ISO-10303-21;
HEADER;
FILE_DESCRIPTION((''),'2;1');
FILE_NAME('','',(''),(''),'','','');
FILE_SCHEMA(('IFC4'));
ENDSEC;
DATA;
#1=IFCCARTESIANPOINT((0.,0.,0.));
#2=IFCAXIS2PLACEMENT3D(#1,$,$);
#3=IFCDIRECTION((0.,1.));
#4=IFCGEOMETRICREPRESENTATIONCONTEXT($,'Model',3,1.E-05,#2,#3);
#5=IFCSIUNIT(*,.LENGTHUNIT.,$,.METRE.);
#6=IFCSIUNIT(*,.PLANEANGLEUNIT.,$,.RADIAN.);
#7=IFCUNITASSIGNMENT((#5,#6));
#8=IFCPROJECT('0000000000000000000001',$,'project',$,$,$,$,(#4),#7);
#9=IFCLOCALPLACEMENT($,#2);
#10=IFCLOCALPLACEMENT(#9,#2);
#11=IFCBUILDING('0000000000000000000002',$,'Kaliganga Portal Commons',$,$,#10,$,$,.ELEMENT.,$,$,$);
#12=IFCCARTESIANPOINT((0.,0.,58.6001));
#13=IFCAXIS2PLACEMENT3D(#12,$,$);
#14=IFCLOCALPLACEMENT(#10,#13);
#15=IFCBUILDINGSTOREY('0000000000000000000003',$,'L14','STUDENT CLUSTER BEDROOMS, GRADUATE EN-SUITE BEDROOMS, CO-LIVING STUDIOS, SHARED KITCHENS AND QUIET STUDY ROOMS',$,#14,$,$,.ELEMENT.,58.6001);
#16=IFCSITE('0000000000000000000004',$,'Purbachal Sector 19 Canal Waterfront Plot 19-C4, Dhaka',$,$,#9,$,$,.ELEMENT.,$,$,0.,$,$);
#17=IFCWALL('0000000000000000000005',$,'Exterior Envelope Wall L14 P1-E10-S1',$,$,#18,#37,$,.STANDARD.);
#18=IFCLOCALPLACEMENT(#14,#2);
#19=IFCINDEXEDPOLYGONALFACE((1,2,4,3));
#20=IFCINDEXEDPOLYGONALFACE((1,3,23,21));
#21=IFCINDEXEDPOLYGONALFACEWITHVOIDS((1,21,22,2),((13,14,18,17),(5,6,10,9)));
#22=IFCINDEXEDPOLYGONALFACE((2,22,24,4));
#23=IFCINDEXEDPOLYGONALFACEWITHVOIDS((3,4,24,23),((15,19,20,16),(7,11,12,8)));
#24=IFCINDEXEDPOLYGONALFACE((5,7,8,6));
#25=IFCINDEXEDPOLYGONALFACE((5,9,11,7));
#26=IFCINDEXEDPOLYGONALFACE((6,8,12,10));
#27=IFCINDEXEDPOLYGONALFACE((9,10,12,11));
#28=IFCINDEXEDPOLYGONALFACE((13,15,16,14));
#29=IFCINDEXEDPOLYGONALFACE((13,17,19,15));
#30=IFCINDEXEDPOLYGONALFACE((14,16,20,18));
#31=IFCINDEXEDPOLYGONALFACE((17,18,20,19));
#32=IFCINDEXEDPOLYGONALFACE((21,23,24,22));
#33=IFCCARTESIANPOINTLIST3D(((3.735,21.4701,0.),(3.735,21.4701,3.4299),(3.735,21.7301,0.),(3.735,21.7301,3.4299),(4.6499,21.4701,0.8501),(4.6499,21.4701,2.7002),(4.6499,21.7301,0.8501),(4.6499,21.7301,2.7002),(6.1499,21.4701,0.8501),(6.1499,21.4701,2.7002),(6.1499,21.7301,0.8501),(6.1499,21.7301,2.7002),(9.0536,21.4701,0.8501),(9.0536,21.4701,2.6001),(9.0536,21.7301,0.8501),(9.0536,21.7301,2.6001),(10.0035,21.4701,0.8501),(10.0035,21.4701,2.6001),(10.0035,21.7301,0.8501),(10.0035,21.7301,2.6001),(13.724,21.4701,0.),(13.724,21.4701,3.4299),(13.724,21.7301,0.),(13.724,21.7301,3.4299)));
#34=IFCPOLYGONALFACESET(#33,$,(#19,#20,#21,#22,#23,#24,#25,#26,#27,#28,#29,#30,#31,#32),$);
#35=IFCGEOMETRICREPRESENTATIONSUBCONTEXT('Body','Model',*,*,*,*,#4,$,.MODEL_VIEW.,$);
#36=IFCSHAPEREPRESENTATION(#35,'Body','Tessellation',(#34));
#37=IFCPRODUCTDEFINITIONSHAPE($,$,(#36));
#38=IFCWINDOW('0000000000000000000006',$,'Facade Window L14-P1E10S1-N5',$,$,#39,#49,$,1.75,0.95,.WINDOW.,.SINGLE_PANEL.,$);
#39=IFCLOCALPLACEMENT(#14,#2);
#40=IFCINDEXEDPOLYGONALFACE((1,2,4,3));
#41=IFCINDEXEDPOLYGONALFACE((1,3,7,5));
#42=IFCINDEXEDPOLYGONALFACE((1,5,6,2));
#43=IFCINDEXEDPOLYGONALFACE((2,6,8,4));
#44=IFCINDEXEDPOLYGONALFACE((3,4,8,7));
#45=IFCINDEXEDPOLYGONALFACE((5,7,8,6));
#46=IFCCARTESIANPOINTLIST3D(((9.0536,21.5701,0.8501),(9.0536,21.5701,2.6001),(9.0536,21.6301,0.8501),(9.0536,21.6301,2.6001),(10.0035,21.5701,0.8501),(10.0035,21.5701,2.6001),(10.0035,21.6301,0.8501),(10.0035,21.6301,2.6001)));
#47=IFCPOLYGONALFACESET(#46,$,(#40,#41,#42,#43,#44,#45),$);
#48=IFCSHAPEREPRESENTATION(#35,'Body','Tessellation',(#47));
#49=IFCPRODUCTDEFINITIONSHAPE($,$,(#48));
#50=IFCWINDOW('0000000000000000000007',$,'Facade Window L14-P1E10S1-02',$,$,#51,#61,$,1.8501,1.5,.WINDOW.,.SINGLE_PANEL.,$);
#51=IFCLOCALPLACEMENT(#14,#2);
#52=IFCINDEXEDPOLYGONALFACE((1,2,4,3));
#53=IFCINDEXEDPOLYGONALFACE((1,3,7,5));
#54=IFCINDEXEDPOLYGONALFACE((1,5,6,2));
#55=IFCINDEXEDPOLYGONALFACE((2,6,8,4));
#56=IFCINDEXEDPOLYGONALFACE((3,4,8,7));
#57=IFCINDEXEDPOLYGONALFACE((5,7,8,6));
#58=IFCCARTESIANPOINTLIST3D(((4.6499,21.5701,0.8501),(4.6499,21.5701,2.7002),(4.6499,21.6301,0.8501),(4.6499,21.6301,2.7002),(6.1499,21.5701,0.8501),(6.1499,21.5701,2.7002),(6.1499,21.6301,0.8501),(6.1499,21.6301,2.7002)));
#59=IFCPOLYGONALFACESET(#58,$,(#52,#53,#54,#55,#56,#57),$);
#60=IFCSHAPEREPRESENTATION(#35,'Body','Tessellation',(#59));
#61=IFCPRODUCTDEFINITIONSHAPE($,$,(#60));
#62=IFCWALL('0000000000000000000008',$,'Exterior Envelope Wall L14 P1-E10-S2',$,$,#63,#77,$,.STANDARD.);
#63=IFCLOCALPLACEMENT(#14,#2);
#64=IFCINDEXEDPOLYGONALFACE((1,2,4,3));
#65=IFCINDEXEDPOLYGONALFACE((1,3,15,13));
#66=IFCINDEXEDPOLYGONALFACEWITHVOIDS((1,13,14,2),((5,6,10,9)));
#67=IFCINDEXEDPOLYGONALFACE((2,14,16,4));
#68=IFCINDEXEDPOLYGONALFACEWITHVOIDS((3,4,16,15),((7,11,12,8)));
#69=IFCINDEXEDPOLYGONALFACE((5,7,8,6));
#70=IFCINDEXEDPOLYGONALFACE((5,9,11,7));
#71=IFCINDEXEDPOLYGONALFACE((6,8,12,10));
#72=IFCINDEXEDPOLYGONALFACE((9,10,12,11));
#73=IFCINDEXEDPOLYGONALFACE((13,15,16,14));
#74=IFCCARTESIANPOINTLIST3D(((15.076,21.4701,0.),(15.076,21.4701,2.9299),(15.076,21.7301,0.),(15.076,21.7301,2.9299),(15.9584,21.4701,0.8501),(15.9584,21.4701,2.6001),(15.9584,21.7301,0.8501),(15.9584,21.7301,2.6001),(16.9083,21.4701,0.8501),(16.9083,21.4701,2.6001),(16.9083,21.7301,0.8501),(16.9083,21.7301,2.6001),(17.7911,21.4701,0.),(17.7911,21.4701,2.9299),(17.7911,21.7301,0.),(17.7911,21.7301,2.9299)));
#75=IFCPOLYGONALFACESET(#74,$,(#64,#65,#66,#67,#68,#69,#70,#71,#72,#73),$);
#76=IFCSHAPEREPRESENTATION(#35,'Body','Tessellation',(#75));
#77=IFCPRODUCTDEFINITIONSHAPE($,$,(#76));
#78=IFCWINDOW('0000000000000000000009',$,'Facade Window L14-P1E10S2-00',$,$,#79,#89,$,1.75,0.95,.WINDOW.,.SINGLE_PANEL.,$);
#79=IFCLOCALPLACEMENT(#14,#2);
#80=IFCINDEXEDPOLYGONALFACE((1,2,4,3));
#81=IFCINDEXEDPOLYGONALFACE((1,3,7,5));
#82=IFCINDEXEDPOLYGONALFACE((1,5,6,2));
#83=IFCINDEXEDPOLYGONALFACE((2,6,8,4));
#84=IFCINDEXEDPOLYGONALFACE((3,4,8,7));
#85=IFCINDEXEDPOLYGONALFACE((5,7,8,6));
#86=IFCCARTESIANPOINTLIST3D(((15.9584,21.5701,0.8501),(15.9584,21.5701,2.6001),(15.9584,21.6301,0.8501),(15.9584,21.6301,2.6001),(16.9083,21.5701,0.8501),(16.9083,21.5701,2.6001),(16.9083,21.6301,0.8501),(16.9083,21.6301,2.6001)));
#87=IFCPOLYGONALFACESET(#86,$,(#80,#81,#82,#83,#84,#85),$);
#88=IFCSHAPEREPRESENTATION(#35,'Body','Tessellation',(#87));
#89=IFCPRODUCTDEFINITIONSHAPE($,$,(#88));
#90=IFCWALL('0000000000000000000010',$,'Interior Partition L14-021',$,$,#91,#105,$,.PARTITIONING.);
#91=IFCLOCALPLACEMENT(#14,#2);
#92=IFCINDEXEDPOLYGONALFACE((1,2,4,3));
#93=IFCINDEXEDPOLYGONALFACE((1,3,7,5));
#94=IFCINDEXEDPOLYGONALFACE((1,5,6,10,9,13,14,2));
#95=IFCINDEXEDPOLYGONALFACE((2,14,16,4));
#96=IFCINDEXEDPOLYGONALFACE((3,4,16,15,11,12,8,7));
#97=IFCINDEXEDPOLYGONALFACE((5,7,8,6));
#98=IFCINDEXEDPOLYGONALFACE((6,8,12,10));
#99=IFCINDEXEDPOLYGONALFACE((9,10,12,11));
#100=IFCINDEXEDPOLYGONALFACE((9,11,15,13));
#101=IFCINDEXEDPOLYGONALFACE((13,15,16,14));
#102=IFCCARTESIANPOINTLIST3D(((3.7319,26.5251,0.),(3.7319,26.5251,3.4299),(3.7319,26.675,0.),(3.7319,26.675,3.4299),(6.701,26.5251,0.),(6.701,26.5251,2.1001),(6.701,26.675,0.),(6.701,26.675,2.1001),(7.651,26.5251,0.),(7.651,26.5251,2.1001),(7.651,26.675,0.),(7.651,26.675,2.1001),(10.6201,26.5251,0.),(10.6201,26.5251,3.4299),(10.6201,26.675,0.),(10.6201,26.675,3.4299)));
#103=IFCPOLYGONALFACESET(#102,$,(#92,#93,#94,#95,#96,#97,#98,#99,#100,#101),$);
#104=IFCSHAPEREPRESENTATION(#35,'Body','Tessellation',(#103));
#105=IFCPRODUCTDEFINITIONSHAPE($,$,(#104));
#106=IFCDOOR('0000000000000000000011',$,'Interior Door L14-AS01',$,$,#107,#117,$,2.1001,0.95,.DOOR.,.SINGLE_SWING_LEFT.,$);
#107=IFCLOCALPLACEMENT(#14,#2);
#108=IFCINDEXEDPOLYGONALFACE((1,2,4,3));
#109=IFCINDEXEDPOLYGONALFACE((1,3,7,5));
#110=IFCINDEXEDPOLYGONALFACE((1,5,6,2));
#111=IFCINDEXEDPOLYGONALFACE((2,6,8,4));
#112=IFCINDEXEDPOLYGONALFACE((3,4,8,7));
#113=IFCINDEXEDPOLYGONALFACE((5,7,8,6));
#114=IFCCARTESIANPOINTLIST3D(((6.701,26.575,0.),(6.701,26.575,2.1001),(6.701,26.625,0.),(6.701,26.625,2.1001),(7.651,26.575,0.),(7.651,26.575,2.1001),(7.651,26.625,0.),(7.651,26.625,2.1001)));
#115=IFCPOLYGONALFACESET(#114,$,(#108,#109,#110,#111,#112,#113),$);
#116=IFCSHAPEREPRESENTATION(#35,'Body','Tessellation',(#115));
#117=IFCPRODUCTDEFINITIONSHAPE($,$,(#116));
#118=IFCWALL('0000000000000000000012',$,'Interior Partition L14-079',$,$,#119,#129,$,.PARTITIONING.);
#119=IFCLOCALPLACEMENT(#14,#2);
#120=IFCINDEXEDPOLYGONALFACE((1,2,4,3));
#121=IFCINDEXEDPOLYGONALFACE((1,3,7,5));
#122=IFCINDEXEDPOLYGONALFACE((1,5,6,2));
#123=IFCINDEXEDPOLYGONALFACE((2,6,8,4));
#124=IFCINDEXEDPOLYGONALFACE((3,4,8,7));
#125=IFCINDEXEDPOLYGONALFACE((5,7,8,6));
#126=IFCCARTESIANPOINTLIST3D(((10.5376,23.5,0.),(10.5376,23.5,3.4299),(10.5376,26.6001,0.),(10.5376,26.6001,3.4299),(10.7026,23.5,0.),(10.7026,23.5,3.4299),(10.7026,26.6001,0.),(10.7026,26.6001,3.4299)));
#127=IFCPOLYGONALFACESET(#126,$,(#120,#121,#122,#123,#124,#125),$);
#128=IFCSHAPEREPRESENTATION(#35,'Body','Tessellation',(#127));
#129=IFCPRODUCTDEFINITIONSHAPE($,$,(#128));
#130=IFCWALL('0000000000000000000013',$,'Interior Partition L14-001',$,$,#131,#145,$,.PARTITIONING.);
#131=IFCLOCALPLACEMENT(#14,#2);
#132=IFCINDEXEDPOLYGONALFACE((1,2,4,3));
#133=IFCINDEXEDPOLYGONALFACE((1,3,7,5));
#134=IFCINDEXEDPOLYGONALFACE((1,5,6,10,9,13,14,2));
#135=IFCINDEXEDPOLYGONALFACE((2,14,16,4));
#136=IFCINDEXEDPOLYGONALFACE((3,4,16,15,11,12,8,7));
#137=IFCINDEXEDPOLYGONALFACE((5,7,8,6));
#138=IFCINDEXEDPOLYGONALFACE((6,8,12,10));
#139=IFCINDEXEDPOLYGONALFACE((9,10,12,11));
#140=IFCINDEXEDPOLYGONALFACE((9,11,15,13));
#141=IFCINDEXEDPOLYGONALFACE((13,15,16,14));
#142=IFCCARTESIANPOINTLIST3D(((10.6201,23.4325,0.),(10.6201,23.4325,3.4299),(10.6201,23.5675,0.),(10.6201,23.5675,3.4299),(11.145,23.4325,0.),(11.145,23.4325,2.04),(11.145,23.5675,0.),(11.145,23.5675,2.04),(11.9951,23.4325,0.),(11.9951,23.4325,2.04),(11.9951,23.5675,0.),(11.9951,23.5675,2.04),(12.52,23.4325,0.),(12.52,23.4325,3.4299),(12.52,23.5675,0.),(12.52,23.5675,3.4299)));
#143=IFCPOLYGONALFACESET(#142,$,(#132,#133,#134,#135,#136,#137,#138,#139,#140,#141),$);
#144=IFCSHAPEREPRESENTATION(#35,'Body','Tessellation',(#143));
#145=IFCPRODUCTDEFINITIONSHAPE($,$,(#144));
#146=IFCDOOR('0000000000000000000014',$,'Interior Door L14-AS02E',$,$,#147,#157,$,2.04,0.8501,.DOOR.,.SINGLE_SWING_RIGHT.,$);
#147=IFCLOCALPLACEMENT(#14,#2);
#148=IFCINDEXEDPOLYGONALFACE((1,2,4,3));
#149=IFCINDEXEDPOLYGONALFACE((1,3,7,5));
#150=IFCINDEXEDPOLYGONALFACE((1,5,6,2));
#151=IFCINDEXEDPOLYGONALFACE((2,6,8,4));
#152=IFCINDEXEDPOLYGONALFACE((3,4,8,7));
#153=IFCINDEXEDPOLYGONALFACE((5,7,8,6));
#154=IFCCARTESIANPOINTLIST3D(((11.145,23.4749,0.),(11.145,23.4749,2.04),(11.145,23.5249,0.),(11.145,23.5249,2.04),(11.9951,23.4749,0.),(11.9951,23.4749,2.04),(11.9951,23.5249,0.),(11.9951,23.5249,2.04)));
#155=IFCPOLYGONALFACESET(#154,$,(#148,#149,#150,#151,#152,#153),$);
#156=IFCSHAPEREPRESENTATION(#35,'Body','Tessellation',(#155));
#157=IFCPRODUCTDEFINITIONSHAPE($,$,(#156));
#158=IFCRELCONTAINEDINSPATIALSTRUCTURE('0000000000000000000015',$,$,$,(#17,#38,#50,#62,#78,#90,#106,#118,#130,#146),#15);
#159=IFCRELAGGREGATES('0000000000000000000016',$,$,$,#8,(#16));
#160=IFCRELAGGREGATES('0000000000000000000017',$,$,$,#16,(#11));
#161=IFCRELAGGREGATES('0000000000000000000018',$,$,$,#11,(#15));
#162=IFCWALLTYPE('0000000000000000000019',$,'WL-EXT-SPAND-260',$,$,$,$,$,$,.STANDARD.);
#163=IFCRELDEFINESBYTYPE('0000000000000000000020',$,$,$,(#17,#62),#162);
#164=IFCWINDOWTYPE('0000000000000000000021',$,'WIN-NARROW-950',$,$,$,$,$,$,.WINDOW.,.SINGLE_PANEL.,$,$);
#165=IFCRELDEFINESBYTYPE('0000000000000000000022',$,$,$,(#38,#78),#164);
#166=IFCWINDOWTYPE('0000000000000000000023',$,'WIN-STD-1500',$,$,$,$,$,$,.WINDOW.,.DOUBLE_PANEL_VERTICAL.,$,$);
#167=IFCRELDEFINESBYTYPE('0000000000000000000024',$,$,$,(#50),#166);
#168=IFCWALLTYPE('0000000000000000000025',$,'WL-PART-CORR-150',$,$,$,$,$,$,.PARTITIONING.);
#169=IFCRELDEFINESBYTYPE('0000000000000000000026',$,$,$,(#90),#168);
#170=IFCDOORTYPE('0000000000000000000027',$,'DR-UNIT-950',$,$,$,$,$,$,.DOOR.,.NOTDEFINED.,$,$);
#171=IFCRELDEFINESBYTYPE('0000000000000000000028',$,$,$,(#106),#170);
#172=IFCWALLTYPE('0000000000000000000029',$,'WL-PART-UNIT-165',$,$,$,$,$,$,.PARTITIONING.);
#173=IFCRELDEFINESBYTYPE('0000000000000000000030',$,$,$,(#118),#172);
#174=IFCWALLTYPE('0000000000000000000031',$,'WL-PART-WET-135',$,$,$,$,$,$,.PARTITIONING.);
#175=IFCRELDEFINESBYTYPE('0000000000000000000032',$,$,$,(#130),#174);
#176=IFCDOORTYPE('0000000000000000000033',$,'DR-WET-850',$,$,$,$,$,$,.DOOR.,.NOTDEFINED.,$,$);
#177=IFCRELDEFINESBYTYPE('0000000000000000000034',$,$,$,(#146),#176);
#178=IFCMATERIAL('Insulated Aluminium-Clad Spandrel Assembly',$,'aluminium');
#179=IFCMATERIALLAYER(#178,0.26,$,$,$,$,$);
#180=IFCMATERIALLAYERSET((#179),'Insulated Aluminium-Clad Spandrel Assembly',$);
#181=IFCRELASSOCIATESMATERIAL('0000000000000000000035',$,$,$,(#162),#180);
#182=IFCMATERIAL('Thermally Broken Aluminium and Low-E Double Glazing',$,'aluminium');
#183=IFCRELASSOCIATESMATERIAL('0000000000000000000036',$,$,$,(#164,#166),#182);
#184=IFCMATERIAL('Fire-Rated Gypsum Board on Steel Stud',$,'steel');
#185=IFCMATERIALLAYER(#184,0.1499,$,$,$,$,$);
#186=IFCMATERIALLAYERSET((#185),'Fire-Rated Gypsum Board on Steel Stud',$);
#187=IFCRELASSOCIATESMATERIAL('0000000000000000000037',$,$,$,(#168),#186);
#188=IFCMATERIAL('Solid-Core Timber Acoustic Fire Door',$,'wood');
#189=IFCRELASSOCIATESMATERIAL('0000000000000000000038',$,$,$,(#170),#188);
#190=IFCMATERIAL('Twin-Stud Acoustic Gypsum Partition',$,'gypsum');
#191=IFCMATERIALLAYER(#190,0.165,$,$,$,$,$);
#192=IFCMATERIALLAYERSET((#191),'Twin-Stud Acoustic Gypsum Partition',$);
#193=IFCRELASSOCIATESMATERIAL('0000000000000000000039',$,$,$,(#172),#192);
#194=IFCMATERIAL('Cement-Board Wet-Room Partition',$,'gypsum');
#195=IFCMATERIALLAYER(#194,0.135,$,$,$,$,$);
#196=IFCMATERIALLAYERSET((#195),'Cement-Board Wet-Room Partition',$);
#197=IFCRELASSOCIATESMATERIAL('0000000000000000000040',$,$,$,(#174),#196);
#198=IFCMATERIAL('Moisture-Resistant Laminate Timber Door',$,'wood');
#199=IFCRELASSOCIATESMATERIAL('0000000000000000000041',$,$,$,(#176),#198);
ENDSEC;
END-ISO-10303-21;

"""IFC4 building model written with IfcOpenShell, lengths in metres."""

from ifc_helpers import new_model, si_unit, direction, frame, frame_2d, origin, place, context, subcontext, project, spatial, rectangle, extrude, material, layer, layer_set, type_object, element, fill, save


model = new_model("IFC4")

# Units and contexts
model_context = context("Model", 3, precision=1e-05, world=origin(), true_north=direction((0.0, 1.0)))
body_context = subcontext(model_context, "Body", "Model", "MODEL_VIEW")
ifc_project = project(units=[si_unit("LENGTHUNIT", "METRE"), si_unit("PLANEANGLEUNIT", "RADIAN")], contexts=[model_context])

# Site, building, storey
site_placement = place(None, origin())
site = spatial("IfcSite", under=ifc_project, at=site_placement, Name="Purbachal Sector 19 Canal Waterfront Plot 19-C4, Dhaka", CompositionType="ELEMENT", RefElevation=0.0)
building_placement = place(site_placement, origin())
building = spatial("IfcBuilding", under=site, at=building_placement, Name="Kaliganga Portal Commons", CompositionType="ELEMENT")
storey_placement = place(building_placement, frame((0.0, 0.0, 58.6001)))
storey = spatial("IfcBuildingStorey", under=building, at=storey_placement, Name="L14", Description="STUDENT CLUSTER BEDROOMS, GRADUATE EN-SUITE BEDROOMS, CO-LIVING STUDIOS, SHARED KITCHENS AND QUIET STUDY ROOMS", CompositionType="ELEMENT", Elevation=58.6001)

# Wall, openings, windows
ifc_material_1 = material(Name="Insulated Aluminium-Clad Spandrel Assembly", Category="aluminium")
ifc_layer_1 = layer(ifc_material_1, 0.26)
ifc_layer_set_1 = layer_set([ifc_layer_1], Name="Insulated Aluminium-Clad Spandrel Assembly")
wall_type_1 = type_object("IfcWallType", Name="WL-EXT-SPAND-260", PredefinedType="STANDARD", material=ifc_layer_set_1)
ifc_material_2 = material(Name="Thermally Broken Aluminium and Low-E Double Glazing", Category="aluminium")
window_type_1 = type_object("IfcWindowType", Name="WIN-NARROW-950", PartitioningType="SINGLE_PANEL", PredefinedType="WINDOW", material=ifc_material_2)
window_type_2 = type_object("IfcWindowType", Name="WIN-STD-1500", PartitioningType="DOUBLE_PANEL_VERTICAL", PredefinedType="WINDOW", material=ifc_material_2)
wall_1_placement = place(storey_placement, frame((13.7241, 21.6001, 0.0), z_axis=(0.0, 0.0, 1.0), x_axis=(-1.0, 0.0, 0.0)))
wall_1 = element("IfcWall", 1, at=wall_1_placement, inside=storey, type_object=wall_type_1, Name="Exterior Envelope Wall L14 P1-E10-S1", PredefinedType="STANDARD", context=body_context, shape_type="SweptSolid", body=[
    extrude(rectangle(XDim=9.989, YDim=0.26, at=frame_2d((4.9946, 0.0))), origin(), (0.0, 0.0, 1.0), 3.4299),
])
opening_1_placement = place(wall_1_placement, frame((7.5742, 0.0, 0.8501)))
opening_1 = element("IfcOpeningElement", 2, at=opening_1_placement, cuts=wall_1, PredefinedType="OPENING", context=body_context, shape_type="SweptSolid", body=[
    extrude(rectangle(XDim=1.5, YDim=1.8501, at=frame_2d((0.75, 0.925))), frame((0.0, 0.1401, 0.0), z_axis=(0.0, -1.0, 0.0), x_axis=(1.0, 0.0, 0.0)), (0.0, 0.0, 1.0), 0.28),
])
opening_2_placement = place(wall_1_placement, frame((3.7205, 0.0, 0.8501)))
opening_2 = element("IfcOpeningElement", 3, at=opening_2_placement, cuts=wall_1, PredefinedType="OPENING", context=body_context, shape_type="SweptSolid", body=[
    extrude(rectangle(XDim=0.95, YDim=1.75, at=frame_2d((0.4751, 0.875))), frame((0.0, 0.1401, 0.0), z_axis=(0.0, -1.0, 0.0), x_axis=(1.0, 0.0, 0.0)), (0.0, 0.0, 1.0), 0.28),
])
window_1_placement = place(opening_2_placement, origin())
window_1 = element("IfcWindow", 4, at=window_1_placement, inside=storey, type_object=window_type_1, Name="Facade Window L14-P1E10S1-N5", OverallHeight=1.75, OverallWidth=0.95, PartitioningType="SINGLE_PANEL", PredefinedType="WINDOW", context=body_context, shape_type="SweptSolid", body=[
    extrude(rectangle(XDim=0.95, YDim=1.75, at=frame_2d((0.4751, 0.875))), frame((0.0, 0.03, 0.0), z_axis=(0.0, -1.0, 0.0), x_axis=(1.0, 0.0, 0.0)), (0.0, 0.0, 1.0), 0.0601),
])
fill(opening_2, window_1)
window_2_placement = place(opening_1_placement, origin())
window_2 = element("IfcWindow", 5, at=window_2_placement, inside=storey, type_object=window_type_2, Name="Facade Window L14-P1E10S1-02", OverallHeight=1.8501, OverallWidth=1.5, PartitioningType="SINGLE_PANEL", PredefinedType="WINDOW", context=body_context, shape_type="SweptSolid", body=[
    extrude(rectangle(XDim=1.5, YDim=1.8501, at=frame_2d((0.75, 0.925))), frame((0.0, 0.03, 0.0), z_axis=(0.0, -1.0, 0.0), x_axis=(1.0, 0.0, 0.0)), (0.0, 0.0, 1.0), 0.0601),
])
fill(opening_1, window_2)

# Wall, opening, window
wall_2_placement = place(storey_placement, frame((17.791, 21.6001, 0.0), z_axis=(0.0, 0.0, 1.0), x_axis=(-1.0, 0.0, 0.0)))
wall_2 = element("IfcWall", 6, at=wall_2_placement, inside=storey, type_object=wall_type_1, Name="Exterior Envelope Wall L14 P1-E10-S2", PredefinedType="STANDARD", context=body_context, shape_type="SweptSolid", body=[
    extrude(rectangle(XDim=2.7151, YDim=0.26, at=frame_2d((1.3574, 0.0))), origin(), (0.0, 0.0, 1.0), 2.9299),
])
opening_3_placement = place(wall_2_placement, frame((0.8826, 0.0, 0.8501)))
opening_3 = element("IfcOpeningElement", 7, at=opening_3_placement, cuts=wall_2, PredefinedType="OPENING", context=body_context, shape_type="SweptSolid", body=[
    extrude(rectangle(XDim=0.95, YDim=1.75, at=frame_2d((0.4751, 0.875))), frame((0.0, 0.1401, 0.0), z_axis=(0.0, -1.0, 0.0), x_axis=(1.0, 0.0, 0.0)), (0.0, 0.0, 1.0), 0.28),
])
window_3_placement = place(opening_3_placement, origin())
window_3 = element("IfcWindow", 8, at=window_3_placement, inside=storey, type_object=window_type_1, Name="Facade Window L14-P1E10S2-00", OverallHeight=1.75, OverallWidth=0.95, PartitioningType="SINGLE_PANEL", PredefinedType="WINDOW", context=body_context, shape_type="SweptSolid", body=[
    extrude(rectangle(XDim=0.95, YDim=1.75, at=frame_2d((0.4751, 0.875))), frame((0.0, 0.03, 0.0), z_axis=(0.0, -1.0, 0.0), x_axis=(1.0, 0.0, 0.0)), (0.0, 0.0, 1.0), 0.0601),
])
fill(opening_3, window_3)

# Wall, opening, door
ifc_material_3 = material(Name="Fire-Rated Gypsum Board on Steel Stud", Category="steel")
ifc_layer_2 = layer(ifc_material_3, 0.1499)
ifc_layer_set_2 = layer_set([ifc_layer_2], Name="Fire-Rated Gypsum Board on Steel Stud")
wall_type_2 = type_object("IfcWallType", Name="WL-PART-CORR-150", PredefinedType="PARTITIONING", material=ifc_layer_set_2)
wall_3_placement = place(storey_placement, frame((3.7319, 26.6001, 0.0), z_axis=(0.0, 0.0, 1.0), x_axis=(1.0, 0.0, 0.0)))
wall_3 = element("IfcWall", 9, at=wall_3_placement, inside=storey, type_object=wall_type_2, Name="Interior Partition L14-021", PredefinedType="PARTITIONING", context=body_context, shape_type="SweptSolid", body=[
    extrude(rectangle(XDim=6.8882, YDim=0.1499, at=frame_2d((3.4441, 0.0))), origin(), (0.0, 0.0, 1.0), 3.4299),
])
opening_4_placement = place(wall_3_placement, frame((2.969, 0.0, 0.0)))
opening_4 = element("IfcOpeningElement", 10, at=opening_4_placement, cuts=wall_3, PredefinedType="OPENING", context=body_context, shape_type="SweptSolid", body=[
    extrude(rectangle(XDim=0.95, YDim=2.1001, at=frame_2d((0.4751, 1.05))), frame((0.0, 0.085, 0.0), z_axis=(0.0, -1.0, 0.0), x_axis=(1.0, 0.0, 0.0)), (0.0, 0.0, 1.0), 0.1699),
])
ifc_material_4 = material(Name="Solid-Core Timber Acoustic Fire Door", Category="wood")
door_type_1 = type_object("IfcDoorType", Name="DR-UNIT-950", OperationType="NOTDEFINED", PredefinedType="DOOR", material=ifc_material_4)
door_1_placement = place(opening_4_placement, origin())
door_1 = element("IfcDoor", 11, at=door_1_placement, inside=storey, type_object=door_type_1, Name="Interior Door L14-AS01", OperationType="SINGLE_SWING_LEFT", OverallHeight=2.1001, OverallWidth=0.95, PredefinedType="DOOR", context=body_context, shape_type="SweptSolid", body=[
    extrude(rectangle(XDim=0.95, YDim=2.1001, at=frame_2d((0.4751, 1.05))), frame((0.0, 0.0249, 0.0), z_axis=(0.0, -1.0, 0.0), x_axis=(1.0, 0.0, 0.0)), (0.0, 0.0, 1.0), 0.05),
])
fill(opening_4, door_1)

# Wall
ifc_material_5 = material(Name="Twin-Stud Acoustic Gypsum Partition", Category="gypsum")
ifc_layer_3 = layer(ifc_material_5, 0.165)
ifc_layer_set_3 = layer_set([ifc_layer_3], Name="Twin-Stud Acoustic Gypsum Partition")
wall_type_3 = type_object("IfcWallType", Name="WL-PART-UNIT-165", PredefinedType="PARTITIONING", material=ifc_layer_set_3)
wall_4_placement = place(storey_placement, frame((10.6201, 23.5, 0.0), z_axis=(0.0, 0.0, 1.0), x_axis=(0.0, 1.0, 0.0)))
element("IfcWall", 12, at=wall_4_placement, inside=storey, type_object=wall_type_3, Name="Interior Partition L14-079", PredefinedType="PARTITIONING", context=body_context, shape_type="SweptSolid", body=[
    extrude(rectangle(XDim=3.1001, YDim=0.165, at=frame_2d((1.55, 0.0))), origin(), (0.0, 0.0, 1.0), 3.4299),
])

# Wall, opening, door
ifc_material_6 = material(Name="Cement-Board Wet-Room Partition", Category="gypsum")
ifc_layer_4 = layer(ifc_material_6, 0.135)
ifc_layer_set_4 = layer_set([ifc_layer_4], Name="Cement-Board Wet-Room Partition")
wall_type_4 = type_object("IfcWallType", Name="WL-PART-WET-135", PredefinedType="PARTITIONING", material=ifc_layer_set_4)
wall_5_placement = place(storey_placement, frame((10.6201, 23.5, 0.0), z_axis=(0.0, 0.0, 1.0), x_axis=(1.0, 0.0, 0.0)))
wall_5 = element("IfcWall", 13, at=wall_5_placement, inside=storey, type_object=wall_type_4, Name="Interior Partition L14-001", PredefinedType="PARTITIONING", context=body_context, shape_type="SweptSolid", body=[
    extrude(rectangle(XDim=1.8999, YDim=0.135, at=frame_2d((0.95, 0.0))), origin(), (0.0, 0.0, 1.0), 3.4299),
])
opening_5_placement = place(wall_5_placement, frame((0.5249, 0.0, 0.0)))
opening_5 = element("IfcOpeningElement", 14, at=opening_5_placement, cuts=wall_5, PredefinedType="OPENING", context=body_context, shape_type="SweptSolid", body=[
    extrude(rectangle(XDim=0.8501, YDim=2.04, at=frame_2d((0.425, 1.02))), frame((0.0, 0.0776, 0.0), z_axis=(0.0, -1.0, 0.0), x_axis=(1.0, 0.0, 0.0)), (0.0, 0.0, 1.0), 0.155),
])
ifc_material_7 = material(Name="Moisture-Resistant Laminate Timber Door", Category="wood")
door_type_2 = type_object("IfcDoorType", Name="DR-WET-850", OperationType="NOTDEFINED", PredefinedType="DOOR", material=ifc_material_7)
door_2_placement = place(opening_5_placement, origin())
door_2 = element("IfcDoor", 15, at=door_2_placement, inside=storey, type_object=door_type_2, Name="Interior Door L14-AS02E", OperationType="SINGLE_SWING_RIGHT", OverallHeight=2.04, OverallWidth=0.8501, PredefinedType="DOOR", context=body_context, shape_type="SweptSolid", body=[
    extrude(rectangle(XDim=0.8501, YDim=2.04, at=frame_2d((0.425, 1.02))), frame((0.0, 0.0249, 0.0), z_axis=(0.0, -1.0, 0.0), x_axis=(1.0, 0.0, 0.0)), (0.0, 0.0, 1.0), 0.05),
])
fill(opening_5, door_2)

save(model, "model.ifc")
